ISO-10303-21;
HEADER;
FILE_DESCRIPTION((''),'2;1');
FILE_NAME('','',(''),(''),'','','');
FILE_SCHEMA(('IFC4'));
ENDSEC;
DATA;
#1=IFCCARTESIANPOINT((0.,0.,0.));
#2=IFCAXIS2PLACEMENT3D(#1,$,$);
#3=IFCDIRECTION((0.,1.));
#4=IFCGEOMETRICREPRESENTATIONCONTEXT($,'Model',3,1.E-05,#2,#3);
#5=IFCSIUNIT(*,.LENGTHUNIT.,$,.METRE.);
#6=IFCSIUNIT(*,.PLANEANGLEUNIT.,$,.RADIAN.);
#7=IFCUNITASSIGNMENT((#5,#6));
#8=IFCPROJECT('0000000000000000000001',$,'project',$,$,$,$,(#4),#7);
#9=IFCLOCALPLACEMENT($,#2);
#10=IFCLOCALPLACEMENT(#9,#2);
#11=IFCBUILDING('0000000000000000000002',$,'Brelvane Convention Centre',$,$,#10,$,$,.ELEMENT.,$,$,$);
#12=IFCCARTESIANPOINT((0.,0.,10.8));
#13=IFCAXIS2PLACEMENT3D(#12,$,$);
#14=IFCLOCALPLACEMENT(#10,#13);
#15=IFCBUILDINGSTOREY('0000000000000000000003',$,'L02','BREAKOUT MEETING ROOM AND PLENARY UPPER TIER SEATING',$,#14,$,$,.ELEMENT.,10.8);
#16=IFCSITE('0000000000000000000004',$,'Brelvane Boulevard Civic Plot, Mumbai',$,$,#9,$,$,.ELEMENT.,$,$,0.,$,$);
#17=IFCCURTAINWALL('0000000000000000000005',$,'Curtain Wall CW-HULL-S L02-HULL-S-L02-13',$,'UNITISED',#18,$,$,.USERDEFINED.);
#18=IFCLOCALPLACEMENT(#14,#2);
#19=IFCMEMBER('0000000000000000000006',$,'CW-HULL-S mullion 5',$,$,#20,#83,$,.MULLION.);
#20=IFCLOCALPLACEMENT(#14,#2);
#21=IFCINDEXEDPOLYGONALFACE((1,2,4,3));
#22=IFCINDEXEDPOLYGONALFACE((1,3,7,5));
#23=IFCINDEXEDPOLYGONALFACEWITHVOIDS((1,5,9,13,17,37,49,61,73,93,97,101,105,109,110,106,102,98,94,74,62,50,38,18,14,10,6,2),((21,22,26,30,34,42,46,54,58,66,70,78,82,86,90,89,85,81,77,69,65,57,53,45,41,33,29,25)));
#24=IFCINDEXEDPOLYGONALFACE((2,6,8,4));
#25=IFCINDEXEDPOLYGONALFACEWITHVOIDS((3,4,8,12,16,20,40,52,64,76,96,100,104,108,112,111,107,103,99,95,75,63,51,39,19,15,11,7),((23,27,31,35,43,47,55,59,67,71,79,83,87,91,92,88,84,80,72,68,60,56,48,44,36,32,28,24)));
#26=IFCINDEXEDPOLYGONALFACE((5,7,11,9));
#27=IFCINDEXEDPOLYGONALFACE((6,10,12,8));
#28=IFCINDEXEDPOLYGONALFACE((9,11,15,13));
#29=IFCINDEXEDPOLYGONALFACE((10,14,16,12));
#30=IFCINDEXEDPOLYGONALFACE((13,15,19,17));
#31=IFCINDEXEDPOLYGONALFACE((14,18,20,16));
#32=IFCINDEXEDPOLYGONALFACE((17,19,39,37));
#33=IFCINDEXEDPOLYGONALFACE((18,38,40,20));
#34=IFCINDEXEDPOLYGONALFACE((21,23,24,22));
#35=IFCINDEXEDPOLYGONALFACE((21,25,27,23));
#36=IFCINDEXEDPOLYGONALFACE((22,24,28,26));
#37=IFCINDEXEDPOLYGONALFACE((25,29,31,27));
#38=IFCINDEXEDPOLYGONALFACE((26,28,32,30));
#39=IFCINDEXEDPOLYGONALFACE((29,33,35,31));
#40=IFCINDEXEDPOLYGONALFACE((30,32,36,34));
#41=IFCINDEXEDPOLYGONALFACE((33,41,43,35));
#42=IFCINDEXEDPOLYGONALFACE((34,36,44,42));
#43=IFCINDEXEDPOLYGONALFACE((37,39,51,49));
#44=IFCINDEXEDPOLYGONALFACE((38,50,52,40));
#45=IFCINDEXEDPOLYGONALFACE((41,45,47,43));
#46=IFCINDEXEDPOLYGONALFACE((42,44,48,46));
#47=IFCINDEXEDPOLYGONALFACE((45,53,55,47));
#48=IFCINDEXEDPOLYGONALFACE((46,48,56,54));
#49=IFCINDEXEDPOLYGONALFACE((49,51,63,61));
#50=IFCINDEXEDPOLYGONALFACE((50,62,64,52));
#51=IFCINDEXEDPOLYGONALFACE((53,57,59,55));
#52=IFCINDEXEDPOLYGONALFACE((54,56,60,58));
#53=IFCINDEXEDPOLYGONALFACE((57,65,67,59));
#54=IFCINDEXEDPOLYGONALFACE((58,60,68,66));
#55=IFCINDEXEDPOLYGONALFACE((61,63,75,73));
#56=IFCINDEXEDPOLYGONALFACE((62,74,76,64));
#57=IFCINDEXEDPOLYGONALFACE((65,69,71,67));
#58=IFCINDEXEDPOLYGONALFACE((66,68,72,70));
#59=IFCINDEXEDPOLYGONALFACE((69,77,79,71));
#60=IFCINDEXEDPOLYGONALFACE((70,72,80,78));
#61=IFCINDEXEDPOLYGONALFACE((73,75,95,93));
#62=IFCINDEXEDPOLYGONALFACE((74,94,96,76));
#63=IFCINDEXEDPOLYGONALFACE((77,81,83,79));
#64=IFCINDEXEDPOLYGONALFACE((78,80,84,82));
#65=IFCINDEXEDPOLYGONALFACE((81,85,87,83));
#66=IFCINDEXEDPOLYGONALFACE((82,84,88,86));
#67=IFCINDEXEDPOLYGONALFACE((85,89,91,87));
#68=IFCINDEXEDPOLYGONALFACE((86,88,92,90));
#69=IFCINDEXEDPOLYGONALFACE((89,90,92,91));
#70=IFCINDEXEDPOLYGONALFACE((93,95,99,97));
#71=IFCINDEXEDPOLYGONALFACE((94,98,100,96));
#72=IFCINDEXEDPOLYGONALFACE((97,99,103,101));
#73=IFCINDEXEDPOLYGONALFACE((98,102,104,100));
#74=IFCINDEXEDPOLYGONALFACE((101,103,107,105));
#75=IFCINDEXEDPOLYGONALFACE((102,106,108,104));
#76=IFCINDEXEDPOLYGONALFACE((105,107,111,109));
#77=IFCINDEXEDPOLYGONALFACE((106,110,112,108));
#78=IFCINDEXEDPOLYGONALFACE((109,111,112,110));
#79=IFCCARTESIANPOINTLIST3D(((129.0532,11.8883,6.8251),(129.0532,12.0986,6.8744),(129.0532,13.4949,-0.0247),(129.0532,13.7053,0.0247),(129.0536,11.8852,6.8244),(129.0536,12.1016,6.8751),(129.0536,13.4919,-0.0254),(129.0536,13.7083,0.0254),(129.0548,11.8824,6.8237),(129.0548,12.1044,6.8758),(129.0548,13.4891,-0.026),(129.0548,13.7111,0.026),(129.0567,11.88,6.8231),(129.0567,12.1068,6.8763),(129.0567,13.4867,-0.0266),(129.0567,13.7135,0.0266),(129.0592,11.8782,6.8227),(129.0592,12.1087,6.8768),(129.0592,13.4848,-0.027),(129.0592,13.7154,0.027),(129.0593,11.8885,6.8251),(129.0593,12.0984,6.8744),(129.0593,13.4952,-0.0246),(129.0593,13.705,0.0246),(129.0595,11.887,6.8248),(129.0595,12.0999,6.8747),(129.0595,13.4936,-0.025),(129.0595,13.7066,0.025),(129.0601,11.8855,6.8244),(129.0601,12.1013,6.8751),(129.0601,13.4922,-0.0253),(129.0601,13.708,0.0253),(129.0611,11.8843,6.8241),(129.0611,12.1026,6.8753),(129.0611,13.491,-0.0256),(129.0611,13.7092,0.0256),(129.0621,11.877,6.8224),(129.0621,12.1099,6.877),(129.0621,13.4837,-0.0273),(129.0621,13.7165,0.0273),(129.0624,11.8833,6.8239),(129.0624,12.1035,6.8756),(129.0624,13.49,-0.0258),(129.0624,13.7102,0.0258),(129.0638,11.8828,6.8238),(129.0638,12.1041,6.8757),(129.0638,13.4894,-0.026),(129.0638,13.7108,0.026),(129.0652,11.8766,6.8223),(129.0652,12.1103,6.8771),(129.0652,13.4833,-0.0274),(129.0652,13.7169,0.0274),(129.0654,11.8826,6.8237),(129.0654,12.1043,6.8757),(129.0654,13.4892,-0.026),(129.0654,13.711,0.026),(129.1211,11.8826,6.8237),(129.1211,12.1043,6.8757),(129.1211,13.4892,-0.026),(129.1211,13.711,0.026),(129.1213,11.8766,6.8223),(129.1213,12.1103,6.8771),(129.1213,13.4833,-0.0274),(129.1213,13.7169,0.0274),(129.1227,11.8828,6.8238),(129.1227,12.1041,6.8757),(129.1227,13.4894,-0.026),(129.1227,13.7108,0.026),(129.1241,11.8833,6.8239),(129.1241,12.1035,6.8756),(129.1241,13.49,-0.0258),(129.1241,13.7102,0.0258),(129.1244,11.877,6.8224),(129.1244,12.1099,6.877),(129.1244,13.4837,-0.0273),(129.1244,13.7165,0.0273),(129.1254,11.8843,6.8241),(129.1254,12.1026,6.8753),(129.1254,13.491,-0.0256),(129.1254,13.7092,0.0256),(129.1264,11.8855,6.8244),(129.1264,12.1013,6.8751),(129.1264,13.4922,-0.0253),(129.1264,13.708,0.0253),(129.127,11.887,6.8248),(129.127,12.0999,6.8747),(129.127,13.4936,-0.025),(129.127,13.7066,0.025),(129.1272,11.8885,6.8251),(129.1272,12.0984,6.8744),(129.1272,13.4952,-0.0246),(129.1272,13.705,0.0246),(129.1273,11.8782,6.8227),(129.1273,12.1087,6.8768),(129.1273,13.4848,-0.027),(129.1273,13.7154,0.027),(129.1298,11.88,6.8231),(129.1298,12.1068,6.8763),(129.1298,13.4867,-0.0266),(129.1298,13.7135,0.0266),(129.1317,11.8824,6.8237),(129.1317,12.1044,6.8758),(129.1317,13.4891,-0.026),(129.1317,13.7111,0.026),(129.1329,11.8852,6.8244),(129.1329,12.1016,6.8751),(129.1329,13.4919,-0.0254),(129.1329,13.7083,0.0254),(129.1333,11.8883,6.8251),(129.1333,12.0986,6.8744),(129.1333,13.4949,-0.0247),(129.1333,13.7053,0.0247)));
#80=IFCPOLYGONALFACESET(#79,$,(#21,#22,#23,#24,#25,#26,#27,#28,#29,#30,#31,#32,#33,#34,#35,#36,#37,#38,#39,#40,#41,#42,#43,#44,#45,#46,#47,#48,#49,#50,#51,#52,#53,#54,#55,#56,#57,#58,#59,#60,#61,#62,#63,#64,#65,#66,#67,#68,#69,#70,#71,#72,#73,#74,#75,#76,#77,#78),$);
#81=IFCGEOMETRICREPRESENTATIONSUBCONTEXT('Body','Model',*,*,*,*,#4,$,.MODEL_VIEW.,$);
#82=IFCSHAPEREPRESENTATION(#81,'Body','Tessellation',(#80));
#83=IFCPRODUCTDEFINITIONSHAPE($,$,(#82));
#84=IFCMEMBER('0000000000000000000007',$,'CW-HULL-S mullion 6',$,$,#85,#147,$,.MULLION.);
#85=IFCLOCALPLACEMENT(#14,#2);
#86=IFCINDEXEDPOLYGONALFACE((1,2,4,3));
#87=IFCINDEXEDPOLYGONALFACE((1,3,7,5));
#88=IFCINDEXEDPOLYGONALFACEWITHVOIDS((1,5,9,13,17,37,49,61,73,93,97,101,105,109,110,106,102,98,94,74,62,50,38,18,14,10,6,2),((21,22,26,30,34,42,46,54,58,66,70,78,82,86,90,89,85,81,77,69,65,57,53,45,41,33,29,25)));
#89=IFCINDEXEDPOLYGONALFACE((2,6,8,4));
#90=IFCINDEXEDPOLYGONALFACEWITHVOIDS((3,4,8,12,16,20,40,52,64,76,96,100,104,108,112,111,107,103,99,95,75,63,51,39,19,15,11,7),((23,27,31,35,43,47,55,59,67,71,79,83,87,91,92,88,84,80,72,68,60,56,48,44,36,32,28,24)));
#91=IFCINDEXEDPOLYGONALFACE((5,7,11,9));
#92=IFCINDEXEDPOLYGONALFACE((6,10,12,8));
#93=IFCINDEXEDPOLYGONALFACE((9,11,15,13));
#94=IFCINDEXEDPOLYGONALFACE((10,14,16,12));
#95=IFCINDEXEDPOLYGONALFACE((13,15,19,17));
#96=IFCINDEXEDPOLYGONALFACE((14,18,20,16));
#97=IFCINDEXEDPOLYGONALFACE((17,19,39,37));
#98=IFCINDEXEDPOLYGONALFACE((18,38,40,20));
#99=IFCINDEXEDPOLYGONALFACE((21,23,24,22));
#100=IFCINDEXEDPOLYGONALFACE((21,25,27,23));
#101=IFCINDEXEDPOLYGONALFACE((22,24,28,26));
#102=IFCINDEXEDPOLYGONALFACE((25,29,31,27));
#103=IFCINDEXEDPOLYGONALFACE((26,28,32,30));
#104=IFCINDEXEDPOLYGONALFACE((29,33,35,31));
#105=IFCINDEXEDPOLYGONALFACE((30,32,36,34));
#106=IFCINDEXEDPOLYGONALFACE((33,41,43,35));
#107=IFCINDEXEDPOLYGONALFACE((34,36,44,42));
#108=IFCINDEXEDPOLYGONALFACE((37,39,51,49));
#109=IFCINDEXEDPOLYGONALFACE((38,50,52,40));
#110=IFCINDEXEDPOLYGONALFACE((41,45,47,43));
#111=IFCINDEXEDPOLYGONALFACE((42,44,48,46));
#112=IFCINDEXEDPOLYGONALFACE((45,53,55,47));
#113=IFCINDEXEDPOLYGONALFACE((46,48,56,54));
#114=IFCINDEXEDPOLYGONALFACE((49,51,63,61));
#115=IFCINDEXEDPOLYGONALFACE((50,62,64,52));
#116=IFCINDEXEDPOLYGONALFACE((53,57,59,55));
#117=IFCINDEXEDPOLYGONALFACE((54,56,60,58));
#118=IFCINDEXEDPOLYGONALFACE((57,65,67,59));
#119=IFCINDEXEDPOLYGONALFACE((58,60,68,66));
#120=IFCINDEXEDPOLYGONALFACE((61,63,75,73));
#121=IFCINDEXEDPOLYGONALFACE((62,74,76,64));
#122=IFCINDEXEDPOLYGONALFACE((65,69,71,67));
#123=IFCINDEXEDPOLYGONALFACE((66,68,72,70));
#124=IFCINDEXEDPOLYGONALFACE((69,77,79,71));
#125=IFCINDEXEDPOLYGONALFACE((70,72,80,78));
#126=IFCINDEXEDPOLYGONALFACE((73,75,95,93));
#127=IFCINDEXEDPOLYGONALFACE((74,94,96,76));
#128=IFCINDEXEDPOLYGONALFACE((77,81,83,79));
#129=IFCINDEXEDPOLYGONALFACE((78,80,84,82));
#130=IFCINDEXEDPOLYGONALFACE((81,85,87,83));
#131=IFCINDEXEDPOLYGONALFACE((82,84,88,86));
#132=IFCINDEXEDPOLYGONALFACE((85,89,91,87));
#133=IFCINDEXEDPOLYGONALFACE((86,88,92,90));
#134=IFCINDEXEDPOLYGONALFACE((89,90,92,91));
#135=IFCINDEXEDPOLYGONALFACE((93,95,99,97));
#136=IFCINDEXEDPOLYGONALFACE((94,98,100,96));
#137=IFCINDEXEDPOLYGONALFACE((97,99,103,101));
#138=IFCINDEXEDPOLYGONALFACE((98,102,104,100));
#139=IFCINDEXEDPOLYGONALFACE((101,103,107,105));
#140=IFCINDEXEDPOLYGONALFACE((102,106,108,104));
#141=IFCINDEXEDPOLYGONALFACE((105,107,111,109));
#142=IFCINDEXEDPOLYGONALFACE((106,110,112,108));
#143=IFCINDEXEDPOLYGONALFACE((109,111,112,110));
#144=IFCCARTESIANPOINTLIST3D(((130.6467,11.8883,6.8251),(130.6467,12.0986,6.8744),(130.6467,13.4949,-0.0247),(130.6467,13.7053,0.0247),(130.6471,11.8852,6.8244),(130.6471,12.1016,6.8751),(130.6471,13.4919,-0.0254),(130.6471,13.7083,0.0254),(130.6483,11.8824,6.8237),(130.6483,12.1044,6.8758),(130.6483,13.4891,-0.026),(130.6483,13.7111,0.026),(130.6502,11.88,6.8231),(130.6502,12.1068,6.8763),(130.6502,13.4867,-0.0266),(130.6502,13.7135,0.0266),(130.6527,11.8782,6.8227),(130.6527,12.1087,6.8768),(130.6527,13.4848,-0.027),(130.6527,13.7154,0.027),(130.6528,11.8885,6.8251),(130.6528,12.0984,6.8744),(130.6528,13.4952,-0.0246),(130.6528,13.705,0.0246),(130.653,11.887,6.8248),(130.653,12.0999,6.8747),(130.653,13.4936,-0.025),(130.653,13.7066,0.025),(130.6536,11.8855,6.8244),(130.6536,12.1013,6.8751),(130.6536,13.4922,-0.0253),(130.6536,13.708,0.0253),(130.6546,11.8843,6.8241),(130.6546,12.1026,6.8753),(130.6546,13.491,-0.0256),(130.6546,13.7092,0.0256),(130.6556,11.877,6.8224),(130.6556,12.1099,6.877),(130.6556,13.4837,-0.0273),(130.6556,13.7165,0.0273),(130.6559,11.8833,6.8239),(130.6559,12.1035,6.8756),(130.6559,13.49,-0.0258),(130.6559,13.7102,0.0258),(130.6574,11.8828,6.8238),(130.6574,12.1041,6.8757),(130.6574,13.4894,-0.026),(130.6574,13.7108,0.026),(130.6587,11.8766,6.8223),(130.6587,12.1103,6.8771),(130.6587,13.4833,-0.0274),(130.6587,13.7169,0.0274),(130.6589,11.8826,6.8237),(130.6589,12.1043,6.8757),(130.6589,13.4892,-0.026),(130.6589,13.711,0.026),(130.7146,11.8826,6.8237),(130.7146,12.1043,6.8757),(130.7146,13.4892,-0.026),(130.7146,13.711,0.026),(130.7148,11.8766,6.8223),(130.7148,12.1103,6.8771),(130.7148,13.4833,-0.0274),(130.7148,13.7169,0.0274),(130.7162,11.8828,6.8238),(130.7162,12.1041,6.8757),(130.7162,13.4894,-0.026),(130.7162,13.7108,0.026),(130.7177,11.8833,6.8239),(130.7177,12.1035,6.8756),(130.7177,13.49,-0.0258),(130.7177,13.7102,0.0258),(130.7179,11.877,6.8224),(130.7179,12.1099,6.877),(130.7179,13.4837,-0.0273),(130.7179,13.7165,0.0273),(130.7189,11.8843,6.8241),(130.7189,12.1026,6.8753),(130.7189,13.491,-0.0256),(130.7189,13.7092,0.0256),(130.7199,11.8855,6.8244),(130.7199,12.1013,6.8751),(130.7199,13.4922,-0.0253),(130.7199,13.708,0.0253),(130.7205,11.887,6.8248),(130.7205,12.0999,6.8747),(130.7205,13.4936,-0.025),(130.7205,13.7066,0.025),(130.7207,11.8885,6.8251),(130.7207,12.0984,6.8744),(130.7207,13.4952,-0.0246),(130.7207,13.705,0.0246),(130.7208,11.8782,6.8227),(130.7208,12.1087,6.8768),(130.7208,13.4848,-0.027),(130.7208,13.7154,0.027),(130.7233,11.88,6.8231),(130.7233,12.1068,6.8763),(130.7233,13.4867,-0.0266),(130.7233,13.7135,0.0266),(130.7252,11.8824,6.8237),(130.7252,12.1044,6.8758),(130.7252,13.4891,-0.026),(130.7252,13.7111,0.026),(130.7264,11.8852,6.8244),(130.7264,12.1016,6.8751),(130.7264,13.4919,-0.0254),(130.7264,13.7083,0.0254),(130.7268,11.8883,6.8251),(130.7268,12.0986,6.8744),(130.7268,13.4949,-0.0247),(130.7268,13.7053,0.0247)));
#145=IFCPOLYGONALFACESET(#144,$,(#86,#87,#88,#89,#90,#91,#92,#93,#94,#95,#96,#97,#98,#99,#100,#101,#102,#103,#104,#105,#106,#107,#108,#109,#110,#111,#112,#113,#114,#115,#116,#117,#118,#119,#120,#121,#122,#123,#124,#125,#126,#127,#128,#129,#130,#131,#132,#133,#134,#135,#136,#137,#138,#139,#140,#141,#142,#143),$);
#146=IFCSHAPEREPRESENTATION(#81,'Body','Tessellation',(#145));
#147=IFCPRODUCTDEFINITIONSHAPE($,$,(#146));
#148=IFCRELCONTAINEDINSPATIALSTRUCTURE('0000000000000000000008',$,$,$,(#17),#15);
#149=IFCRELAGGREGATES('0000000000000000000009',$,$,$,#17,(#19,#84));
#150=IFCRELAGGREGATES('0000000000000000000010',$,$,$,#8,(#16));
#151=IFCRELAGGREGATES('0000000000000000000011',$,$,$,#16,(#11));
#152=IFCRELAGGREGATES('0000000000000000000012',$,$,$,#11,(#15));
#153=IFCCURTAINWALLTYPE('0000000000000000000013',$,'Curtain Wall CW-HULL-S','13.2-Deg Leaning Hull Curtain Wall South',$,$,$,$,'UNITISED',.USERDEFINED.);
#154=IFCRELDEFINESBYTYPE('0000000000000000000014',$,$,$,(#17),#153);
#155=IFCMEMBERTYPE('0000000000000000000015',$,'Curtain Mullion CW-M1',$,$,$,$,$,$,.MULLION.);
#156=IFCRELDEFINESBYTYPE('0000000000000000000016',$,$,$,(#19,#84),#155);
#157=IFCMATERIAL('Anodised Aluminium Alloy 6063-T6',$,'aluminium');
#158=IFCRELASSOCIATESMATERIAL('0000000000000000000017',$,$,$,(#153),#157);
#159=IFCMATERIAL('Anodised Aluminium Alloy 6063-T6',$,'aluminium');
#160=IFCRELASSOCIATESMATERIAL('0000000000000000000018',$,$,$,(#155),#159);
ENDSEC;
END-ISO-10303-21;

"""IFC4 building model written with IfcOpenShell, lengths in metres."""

from ifc_helpers import new_model, si_unit, direction, frame, origin, origin_2d, place, context, subcontext, project, spatial, hollow_rectangle, extrude, material, material_profile, profile_set, type_object, element, aggregate, save


model = new_model("IFC4")

# Units and contexts
model_context = context("Model", 3, precision=1e-05, world=origin(), true_north=direction((0.0, 1.0)))
body_context = subcontext(model_context, "Body", "Model", "MODEL_VIEW")
ifc_project = project(units=[si_unit("LENGTHUNIT", "METRE"), si_unit("PLANEANGLEUNIT", "RADIAN")], contexts=[model_context])

# Site, building, storey
site_placement = place(None, origin())
site = spatial("IfcSite", under=ifc_project, at=site_placement, Name="Brelvane Boulevard Civic Plot, Mumbai", CompositionType="ELEMENT", RefElevation=0.0)
building_placement = place(site_placement, origin())
building = spatial("IfcBuilding", under=site, at=building_placement, Name="Brelvane Convention Centre", CompositionType="ELEMENT")
storey_placement = place(building_placement, frame((0.0, 0.0, 10.8)))
storey = spatial("IfcBuildingStorey", under=building, at=storey_placement, Name="L02", Description="BREAKOUT MEETING ROOM AND PLENARY UPPER TIER SEATING", CompositionType="ELEMENT", Elevation=10.8)

# Curtain wall, members
ifc_material_1 = material(Name="Anodised Aluminium Alloy 6063-T6", Category="aluminium")
curtain_wall_type = type_object("IfcCurtainWallType", Name="Curtain Wall CW-HULL-S", Description="13.2-Deg Leaning Hull Curtain Wall South", ElementType="UNITISED", PredefinedType="USERDEFINED", material=ifc_material_1)
curtain_wall_1_placement = place(storey_placement, origin())
curtain_wall_1 = element("IfcCurtainWall", 1, at=curtain_wall_1_placement, inside=storey, type_object=curtain_wall_type, Name="Curtain Wall CW-HULL-S L02-HULL-S-L02-13", ObjectType="UNITISED", PredefinedType="USERDEFINED")
ifc_material_2 = material(Name="Anodised Aluminium Alloy 6063-T6", Category="aluminium")
ifc_material_profile_1 = material_profile(ifc_material_2, hollow_rectangle(XDim=0.0801, YDim=0.24, WallThickness=0.0061, InnerFilletRadius=0.0061, OuterFilletRadius=0.012, at=origin_2d()), Name="ALU-M 240x80x6.0")
ifc_profile_set_1 = profile_set([ifc_material_profile_1], Name="Anodised Aluminium Alloy 6063-T6")
member_type_1 = type_object("IfcMemberType", Name="Curtain Mullion CW-M1", PredefinedType="MULLION", material=ifc_profile_set_1)
member_1_placement = place(storey_placement, frame((129.0933, 13.6001, 0.0), z_axis=(0.0, -0.22836, 0.973577), x_axis=(1.0, 0.0, 0.0)))
member_1 = element("IfcMember", 2, at=member_1_placement, type_object=member_type_1, Name="CW-HULL-S mullion 5", PredefinedType="MULLION", context=body_context, shape_type="SweptSolid", body=[
    extrude(hollow_rectangle(XDim=0.0801, YDim=0.24, WallThickness=0.0061, InnerFilletRadius=0.0061, OuterFilletRadius=0.012, at=origin_2d()), origin(), (0.0, 0.0, 1.0), 7.0356),
])
member_2_placement = place(storey_placement, frame((130.6868, 13.6001, 0.0), z_axis=(0.0, -0.22836, 0.973577), x_axis=(1.0, 0.0, 0.0)))
member_2 = element("IfcMember", 3, at=member_2_placement, type_object=member_type_1, Name="CW-HULL-S mullion 6", PredefinedType="MULLION", context=body_context, shape_type="SweptSolid", body=[
    extrude(hollow_rectangle(XDim=0.0801, YDim=0.24, WallThickness=0.0061, InnerFilletRadius=0.0061, OuterFilletRadius=0.012, at=origin_2d()), origin(), (0.0, 0.0, 1.0), 7.0356),
])

aggregate(curtain_wall_1, [member_1, member_2])

save(model, "model.ifc")
